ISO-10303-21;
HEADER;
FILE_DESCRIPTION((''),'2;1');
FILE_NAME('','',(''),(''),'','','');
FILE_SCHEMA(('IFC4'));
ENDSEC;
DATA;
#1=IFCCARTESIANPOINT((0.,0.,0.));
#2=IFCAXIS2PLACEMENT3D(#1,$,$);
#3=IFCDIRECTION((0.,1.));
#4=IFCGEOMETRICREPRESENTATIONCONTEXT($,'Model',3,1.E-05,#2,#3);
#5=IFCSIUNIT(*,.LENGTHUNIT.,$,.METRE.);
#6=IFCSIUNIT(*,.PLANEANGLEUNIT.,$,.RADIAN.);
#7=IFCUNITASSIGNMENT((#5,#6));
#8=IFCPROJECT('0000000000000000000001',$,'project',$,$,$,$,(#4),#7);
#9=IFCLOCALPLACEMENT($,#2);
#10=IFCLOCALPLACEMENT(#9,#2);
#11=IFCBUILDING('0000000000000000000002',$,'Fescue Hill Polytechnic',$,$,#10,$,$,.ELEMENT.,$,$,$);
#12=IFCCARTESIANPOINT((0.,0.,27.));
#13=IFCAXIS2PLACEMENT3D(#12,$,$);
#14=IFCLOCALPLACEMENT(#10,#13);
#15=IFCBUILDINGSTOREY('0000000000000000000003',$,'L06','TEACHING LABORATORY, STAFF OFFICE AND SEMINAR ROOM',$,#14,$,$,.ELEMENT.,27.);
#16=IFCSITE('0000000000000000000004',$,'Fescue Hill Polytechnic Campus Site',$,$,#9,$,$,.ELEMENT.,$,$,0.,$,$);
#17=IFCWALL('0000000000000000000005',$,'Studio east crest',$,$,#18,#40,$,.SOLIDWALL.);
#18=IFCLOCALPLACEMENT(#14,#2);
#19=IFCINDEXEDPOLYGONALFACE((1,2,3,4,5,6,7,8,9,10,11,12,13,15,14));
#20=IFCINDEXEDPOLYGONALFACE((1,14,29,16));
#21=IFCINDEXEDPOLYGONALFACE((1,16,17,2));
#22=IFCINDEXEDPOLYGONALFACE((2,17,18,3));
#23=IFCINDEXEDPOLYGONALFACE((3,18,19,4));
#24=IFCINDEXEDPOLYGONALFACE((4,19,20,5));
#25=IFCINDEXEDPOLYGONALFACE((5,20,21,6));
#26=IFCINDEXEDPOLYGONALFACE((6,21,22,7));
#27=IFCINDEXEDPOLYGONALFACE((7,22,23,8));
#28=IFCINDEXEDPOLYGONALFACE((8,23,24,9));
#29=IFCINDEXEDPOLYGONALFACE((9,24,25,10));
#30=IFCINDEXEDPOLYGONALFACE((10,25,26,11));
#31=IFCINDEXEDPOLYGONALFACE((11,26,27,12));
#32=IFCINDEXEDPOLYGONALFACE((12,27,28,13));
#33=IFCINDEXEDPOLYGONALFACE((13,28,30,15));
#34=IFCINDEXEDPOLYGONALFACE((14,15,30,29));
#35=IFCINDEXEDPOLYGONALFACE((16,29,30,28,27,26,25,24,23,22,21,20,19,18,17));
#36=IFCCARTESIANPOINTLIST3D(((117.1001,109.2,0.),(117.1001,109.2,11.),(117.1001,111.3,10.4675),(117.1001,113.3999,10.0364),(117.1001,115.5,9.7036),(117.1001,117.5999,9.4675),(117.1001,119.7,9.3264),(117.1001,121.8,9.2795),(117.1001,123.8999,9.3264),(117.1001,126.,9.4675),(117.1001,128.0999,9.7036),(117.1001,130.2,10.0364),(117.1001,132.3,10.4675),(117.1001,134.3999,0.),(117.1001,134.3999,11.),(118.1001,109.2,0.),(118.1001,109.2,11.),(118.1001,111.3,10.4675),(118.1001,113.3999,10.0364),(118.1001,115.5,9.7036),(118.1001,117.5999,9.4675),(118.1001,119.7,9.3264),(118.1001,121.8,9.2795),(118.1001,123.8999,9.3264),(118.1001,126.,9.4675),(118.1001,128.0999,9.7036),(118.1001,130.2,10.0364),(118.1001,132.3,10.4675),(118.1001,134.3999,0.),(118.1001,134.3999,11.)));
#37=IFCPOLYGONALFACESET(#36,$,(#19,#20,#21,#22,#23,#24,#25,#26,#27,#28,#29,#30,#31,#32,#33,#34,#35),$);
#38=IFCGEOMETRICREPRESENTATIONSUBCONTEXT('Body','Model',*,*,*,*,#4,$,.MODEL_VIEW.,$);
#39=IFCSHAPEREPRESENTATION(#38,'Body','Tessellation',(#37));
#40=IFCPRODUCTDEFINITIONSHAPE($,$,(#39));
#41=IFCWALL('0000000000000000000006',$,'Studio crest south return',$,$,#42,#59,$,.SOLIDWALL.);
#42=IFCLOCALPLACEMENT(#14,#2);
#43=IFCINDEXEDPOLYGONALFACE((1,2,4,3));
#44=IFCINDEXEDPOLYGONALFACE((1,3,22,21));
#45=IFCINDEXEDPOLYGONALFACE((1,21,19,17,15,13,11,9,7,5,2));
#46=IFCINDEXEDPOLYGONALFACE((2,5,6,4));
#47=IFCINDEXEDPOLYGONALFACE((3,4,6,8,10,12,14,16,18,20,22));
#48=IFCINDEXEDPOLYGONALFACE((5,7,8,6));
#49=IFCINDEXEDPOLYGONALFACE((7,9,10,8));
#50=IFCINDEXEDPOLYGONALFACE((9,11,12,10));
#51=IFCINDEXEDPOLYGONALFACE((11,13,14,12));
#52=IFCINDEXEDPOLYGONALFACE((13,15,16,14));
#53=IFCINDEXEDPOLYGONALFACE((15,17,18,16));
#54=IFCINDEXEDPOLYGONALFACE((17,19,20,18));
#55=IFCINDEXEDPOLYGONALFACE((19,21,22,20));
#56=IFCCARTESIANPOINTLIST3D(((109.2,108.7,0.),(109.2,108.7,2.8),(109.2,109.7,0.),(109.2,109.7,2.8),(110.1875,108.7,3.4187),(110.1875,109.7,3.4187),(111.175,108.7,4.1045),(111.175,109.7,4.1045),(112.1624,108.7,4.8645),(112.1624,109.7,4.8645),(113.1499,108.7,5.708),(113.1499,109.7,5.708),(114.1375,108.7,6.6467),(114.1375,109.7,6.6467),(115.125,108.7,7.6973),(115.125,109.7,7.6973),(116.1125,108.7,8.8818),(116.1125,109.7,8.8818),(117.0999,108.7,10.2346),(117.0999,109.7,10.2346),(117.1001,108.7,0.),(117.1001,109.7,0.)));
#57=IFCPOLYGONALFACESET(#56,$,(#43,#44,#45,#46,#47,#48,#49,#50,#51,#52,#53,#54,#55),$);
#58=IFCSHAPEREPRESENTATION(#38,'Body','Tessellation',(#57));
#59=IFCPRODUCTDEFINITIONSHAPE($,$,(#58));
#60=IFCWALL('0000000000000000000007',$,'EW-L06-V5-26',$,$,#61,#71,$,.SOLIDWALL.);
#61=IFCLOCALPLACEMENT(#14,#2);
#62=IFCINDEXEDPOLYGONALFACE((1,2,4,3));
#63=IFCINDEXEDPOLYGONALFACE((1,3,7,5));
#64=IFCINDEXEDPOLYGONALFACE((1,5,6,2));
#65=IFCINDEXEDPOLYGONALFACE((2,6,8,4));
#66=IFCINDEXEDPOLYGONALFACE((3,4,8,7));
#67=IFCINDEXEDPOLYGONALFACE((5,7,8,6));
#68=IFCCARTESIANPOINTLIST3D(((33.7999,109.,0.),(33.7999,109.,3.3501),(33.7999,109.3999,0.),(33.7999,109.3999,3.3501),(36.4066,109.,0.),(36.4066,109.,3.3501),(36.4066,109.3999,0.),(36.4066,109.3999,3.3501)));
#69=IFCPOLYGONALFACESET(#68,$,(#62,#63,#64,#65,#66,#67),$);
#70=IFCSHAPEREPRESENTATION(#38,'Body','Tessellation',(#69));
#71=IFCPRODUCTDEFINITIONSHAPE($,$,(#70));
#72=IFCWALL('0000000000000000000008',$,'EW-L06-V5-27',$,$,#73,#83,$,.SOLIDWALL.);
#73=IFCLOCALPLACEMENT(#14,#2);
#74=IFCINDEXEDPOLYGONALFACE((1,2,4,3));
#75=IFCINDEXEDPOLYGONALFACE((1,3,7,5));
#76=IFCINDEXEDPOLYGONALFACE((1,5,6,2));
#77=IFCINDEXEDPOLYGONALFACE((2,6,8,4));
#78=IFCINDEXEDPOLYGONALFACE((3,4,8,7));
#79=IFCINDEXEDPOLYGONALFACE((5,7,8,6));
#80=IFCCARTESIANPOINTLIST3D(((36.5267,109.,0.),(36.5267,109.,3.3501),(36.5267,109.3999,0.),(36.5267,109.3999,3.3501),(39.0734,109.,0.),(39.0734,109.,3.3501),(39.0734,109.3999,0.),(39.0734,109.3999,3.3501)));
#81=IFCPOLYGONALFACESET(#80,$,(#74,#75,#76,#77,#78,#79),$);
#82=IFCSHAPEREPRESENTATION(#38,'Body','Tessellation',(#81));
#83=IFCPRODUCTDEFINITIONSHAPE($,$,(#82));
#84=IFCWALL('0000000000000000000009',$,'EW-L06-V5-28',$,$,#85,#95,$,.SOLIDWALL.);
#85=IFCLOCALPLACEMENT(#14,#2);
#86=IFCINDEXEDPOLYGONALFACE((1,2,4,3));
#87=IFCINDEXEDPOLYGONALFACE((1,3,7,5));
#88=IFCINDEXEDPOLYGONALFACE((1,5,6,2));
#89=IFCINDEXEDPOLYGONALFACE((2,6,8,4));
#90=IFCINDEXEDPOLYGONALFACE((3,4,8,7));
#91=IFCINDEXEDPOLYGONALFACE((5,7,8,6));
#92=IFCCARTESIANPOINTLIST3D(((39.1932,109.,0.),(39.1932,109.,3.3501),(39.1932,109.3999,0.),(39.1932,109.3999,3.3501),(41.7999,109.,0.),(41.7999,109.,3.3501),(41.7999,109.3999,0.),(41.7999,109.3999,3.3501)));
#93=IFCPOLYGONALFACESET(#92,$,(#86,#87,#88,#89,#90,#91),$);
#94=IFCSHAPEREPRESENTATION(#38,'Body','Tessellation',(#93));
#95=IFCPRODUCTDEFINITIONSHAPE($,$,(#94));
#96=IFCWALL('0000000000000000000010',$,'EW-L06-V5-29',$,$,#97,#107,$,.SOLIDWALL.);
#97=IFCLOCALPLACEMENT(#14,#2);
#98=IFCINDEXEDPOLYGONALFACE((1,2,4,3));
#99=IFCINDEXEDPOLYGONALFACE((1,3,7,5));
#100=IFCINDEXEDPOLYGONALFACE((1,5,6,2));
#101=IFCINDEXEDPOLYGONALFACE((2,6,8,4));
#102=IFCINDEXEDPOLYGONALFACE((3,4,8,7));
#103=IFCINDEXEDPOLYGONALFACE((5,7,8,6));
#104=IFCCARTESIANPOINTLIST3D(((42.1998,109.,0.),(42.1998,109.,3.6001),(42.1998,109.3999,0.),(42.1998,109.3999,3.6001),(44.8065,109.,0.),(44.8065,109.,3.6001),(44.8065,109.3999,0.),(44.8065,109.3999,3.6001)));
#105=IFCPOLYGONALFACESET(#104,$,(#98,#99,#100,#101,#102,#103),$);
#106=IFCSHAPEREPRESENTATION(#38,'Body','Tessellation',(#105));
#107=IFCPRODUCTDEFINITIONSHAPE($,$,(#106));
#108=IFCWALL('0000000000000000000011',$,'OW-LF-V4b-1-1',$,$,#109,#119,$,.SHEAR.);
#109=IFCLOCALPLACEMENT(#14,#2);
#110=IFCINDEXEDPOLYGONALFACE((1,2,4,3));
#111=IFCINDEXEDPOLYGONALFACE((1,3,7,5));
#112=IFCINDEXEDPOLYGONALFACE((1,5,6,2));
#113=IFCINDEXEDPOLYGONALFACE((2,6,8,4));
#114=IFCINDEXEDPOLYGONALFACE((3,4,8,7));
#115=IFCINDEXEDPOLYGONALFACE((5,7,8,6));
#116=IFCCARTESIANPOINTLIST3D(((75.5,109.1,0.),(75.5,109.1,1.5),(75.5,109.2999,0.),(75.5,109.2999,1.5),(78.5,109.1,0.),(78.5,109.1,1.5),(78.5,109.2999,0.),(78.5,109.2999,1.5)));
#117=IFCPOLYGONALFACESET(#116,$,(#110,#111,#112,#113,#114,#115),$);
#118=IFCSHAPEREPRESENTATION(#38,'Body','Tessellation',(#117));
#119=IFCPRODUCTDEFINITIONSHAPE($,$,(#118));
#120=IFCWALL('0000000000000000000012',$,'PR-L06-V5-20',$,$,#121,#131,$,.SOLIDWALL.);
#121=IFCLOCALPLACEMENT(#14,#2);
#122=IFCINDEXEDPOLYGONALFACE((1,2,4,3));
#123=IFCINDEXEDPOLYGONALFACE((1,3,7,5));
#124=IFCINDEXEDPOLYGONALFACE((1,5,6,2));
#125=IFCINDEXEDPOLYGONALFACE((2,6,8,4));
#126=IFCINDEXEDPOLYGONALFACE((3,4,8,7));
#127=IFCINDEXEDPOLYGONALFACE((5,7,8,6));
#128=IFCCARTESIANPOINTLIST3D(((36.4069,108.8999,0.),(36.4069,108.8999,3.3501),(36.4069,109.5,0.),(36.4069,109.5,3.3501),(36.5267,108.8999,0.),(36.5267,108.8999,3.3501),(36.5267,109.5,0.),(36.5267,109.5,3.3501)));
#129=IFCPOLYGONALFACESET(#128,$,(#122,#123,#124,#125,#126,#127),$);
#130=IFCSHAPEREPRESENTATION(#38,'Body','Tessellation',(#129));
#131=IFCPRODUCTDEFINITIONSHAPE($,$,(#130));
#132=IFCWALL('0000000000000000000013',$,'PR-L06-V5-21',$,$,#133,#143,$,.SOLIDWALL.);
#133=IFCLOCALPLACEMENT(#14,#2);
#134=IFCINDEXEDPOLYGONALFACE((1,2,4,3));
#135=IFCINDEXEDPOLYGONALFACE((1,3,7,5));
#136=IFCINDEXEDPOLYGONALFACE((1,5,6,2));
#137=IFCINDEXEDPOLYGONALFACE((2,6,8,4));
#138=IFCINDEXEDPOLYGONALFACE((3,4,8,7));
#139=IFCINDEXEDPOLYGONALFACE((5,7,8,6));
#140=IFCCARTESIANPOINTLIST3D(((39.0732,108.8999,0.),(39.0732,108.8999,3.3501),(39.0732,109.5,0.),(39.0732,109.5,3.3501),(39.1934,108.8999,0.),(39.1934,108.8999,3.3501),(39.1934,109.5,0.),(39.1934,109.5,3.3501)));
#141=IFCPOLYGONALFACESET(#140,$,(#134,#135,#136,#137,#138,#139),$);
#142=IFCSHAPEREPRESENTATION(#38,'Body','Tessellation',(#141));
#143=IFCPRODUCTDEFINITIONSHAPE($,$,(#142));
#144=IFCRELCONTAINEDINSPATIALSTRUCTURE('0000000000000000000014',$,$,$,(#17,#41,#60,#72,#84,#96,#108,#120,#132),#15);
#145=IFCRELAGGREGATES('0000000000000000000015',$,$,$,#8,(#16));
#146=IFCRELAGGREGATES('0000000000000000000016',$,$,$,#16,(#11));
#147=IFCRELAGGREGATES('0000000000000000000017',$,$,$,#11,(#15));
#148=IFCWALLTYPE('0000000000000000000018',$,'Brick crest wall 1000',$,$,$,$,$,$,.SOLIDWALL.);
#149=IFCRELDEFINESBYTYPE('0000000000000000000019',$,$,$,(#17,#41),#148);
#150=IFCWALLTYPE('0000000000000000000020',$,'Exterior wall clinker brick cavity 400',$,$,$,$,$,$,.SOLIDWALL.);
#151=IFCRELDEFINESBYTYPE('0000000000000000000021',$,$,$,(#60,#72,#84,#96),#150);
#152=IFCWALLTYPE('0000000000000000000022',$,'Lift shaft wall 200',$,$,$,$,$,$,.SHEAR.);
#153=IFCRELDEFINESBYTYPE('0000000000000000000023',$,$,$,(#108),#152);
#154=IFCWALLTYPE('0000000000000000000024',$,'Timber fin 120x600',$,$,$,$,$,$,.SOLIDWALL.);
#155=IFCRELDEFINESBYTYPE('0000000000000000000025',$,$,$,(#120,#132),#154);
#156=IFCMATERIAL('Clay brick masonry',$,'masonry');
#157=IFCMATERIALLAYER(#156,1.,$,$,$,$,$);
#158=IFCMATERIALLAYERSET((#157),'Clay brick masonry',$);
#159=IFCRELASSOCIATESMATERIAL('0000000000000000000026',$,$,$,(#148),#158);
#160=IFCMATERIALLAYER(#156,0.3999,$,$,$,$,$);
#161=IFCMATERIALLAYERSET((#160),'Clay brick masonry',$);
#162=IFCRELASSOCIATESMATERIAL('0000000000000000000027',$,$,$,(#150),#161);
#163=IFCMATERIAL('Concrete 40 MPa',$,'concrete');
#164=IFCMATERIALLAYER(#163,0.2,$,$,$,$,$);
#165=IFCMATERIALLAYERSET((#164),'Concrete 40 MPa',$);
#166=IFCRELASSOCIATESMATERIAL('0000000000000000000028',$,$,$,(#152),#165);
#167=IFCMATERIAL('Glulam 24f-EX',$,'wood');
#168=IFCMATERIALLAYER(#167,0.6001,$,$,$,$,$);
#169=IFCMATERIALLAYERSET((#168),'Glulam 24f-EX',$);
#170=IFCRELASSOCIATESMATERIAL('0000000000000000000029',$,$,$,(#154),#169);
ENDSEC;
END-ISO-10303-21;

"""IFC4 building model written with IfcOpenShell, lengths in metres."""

from ifc_helpers import new_model, si_unit, direction, frame, frame_2d, origin, place, context, subcontext, project, spatial, polyline, rectangle, outline, extrude, material, layer, layer_set, type_object, element, save


model = new_model("IFC4")

# Units and contexts
model_context = context("Model", 3, precision=1e-05, world=origin(), true_north=direction((0.0, 1.0)))
body_context = subcontext(model_context, "Body", "Model", "MODEL_VIEW")
ifc_project = project(units=[si_unit("LENGTHUNIT", "METRE"), si_unit("PLANEANGLEUNIT", "RADIAN")], contexts=[model_context])

# Site, building, storey
site_placement = place(None, origin())
site = spatial("IfcSite", under=ifc_project, at=site_placement, Name="Fescue Hill Polytechnic Campus Site", CompositionType="ELEMENT", RefElevation=0.0)
building_placement = place(site_placement, origin())
building = spatial("IfcBuilding", under=site, at=building_placement, Name="Fescue Hill Polytechnic", CompositionType="ELEMENT")
storey_placement = place(building_placement, frame((0.0, 0.0, 27.0)))
storey = spatial("IfcBuildingStorey", under=building, at=storey_placement, Name="L06", Description="TEACHING LABORATORY, STAFF OFFICE AND SEMINAR ROOM", CompositionType="ELEMENT", Elevation=27.0)

# Shared definitions
ifc_material_1 = material(Name="Concrete 40 MPa", Category="concrete")

# Walls
ifc_material_2 = material(Name="Clay brick masonry", Category="masonry")
ifc_layer_1 = layer(ifc_material_2, 1.0)
ifc_layer_set_1 = layer_set([ifc_layer_1], Name="Clay brick masonry")
wall_type_1 = type_object("IfcWallType", Name="Brick crest wall 1000", PredefinedType="SOLIDWALL", material=ifc_layer_set_1)
wall_1_placement = place(storey_placement, frame((117.6001, 109.2, 0.0), z_axis=(0.0, 0.0, 1.0), x_axis=(0.0, 1.0, 0.0)))
element("IfcWall", 1, at=wall_1_placement, inside=storey, type_object=wall_type_1, Name="Studio east crest", PredefinedType="SOLIDWALL", context=body_context, shape_type="SweptSolid", body=[
    extrude(outline(polyline([(0.0, 0.0), (25.2, 0.0), (25.2, 11.0), (23.1001, 10.4675), (21.0, 10.0364), (18.8999, 9.7036), (16.8, 9.4675), (14.7, 9.3264), (12.6001, 9.2795), (10.5, 9.3264), (8.3999, 9.4675), (6.3, 9.7036), (4.2, 10.0364), (2.1001, 10.4675), (0.0, 11.0), (0.0, 0.0)])), frame((0.0, 0.5, 0.0), z_axis=(0.0, -1.0, 0.0), x_axis=(1.0, 0.0, 0.0)), (0.0, 0.0, 1.0), 1.0),
])
wall_2_placement = place(storey_placement, frame((109.2, 109.2, 0.0), z_axis=(0.0, 0.0, 1.0), x_axis=(1.0, 0.0, 0.0)))
element("IfcWall", 2, at=wall_2_placement, inside=storey, type_object=wall_type_1, Name="Studio crest south return", PredefinedType="SOLIDWALL", context=body_context, shape_type="SweptSolid", body=[
    extrude(outline(polyline([(0.0, 0.0), (7.9001, 0.0), (7.8999, 10.2346), (6.9126, 8.8818), (5.925, 7.6973), (4.9375, 6.6467), (3.95, 5.708), (2.9624, 4.8645), (1.9751, 4.1045), (0.9875, 3.4187), (0.0, 2.8), (0.0, 0.0)])), frame((0.0, 0.5, 0.0), z_axis=(0.0, -1.0, 0.0), x_axis=(1.0, 0.0, 0.0)), (0.0, 0.0, 1.0), 1.0),
])
ifc_layer_2 = layer(ifc_material_2, 0.3999)
ifc_layer_set_2 = layer_set([ifc_layer_2], Name="Clay brick masonry")
wall_type_2 = type_object("IfcWallType", Name="Exterior wall clinker brick cavity 400", PredefinedType="SOLIDWALL", material=ifc_layer_set_2)
wall_3_placement = place(storey_placement, frame((33.8, 109.2, 0.0), z_axis=(0.0, 0.0, 1.0), x_axis=(1.0, 0.0, 0.0)))
element("IfcWall", 3, at=wall_3_placement, inside=storey, type_object=wall_type_2, Name="EW-L06-V5-26", PredefinedType="SOLIDWALL", context=body_context, shape_type="SweptSolid", body=[
    extrude(rectangle(XDim=2.6067, YDim=0.3999, at=frame_2d((1.3032, 0.0))), origin(), (0.0, 0.0, 1.0), 3.3501),
])
wall_4_placement = place(storey_placement, frame((36.5266, 109.2, 0.0), z_axis=(0.0, 0.0, 1.0), x_axis=(1.0, 0.0, 0.0)))
element("IfcWall", 4, at=wall_4_placement, inside=storey, type_object=wall_type_2, Name="EW-L06-V5-27", PredefinedType="SOLIDWALL", context=body_context, shape_type="SweptSolid", body=[
    extrude(rectangle(XDim=2.5466, YDim=0.3999, at=frame_2d((1.2734, 0.0))), origin(), (0.0, 0.0, 1.0), 3.3501),
])
wall_5_placement = place(storey_placement, frame((39.1934, 109.2, 0.0), z_axis=(0.0, 0.0, 1.0), x_axis=(1.0, 0.0, 0.0)))
element("IfcWall", 5, at=wall_5_placement, inside=storey, type_object=wall_type_2, Name="EW-L06-V5-28", PredefinedType="SOLIDWALL", context=body_context, shape_type="SweptSolid", body=[
    extrude(rectangle(XDim=2.6067, YDim=0.3999, at=frame_2d((1.3032, 0.0))), origin(), (0.0, 0.0, 1.0), 3.3501),
])
wall_6_placement = place(storey_placement, frame((42.2, 109.2, 0.0), z_axis=(0.0, 0.0, 1.0), x_axis=(1.0, 0.0, 0.0)))
element("IfcWall", 6, at=wall_6_placement, inside=storey, type_object=wall_type_2, Name="EW-L06-V5-29", PredefinedType="SOLIDWALL", context=body_context, shape_type="SweptSolid", body=[
    extrude(rectangle(XDim=2.6067, YDim=0.3999, at=frame_2d((1.3032, 0.0))), origin(), (0.0, 0.0, 1.0), 3.6001),
])
ifc_layer_3 = layer(ifc_material_1, 0.2)
ifc_layer_set_3 = layer_set([ifc_layer_3], Name="Concrete 40 MPa")
wall_type_3 = type_object("IfcWallType", Name="Lift shaft wall 200", PredefinedType="SHEAR", material=ifc_layer_set_3)
wall_7_placement = place(storey_placement, frame((75.5, 109.2, 0.0), z_axis=(0.0, 0.0, 1.0), x_axis=(1.0, 0.0, 0.0)))
element("IfcWall", 7, at=wall_7_placement, inside=storey, type_object=wall_type_3, Name="OW-LF-V4b-1-1", PredefinedType="SHEAR", context=body_context, shape_type="SweptSolid", body=[
    extrude(rectangle(XDim=3.0, YDim=0.2, at=frame_2d((1.5, 0.0))), origin(), (0.0, 0.0, 1.0), 1.5),
])
ifc_material_3 = material(Name="Glulam 24f-EX", Category="wood")
ifc_layer_4 = layer(ifc_material_3, 0.6001)
ifc_layer_set_4 = layer_set([ifc_layer_4], Name="Glulam 24f-EX")
wall_type_4 = type_object("IfcWallType", Name="Timber fin 120x600", PredefinedType="SOLIDWALL", material=ifc_layer_set_4)
wall_8_placement = place(storey_placement, frame((36.4067, 109.2, 0.0), z_axis=(0.0, 0.0, 1.0), x_axis=(1.0, 0.0, 0.0)))
element("IfcWall", 8, at=wall_8_placement, inside=storey, type_object=wall_type_4, Name="PR-L06-V5-20", PredefinedType="SOLIDWALL", context=body_context, shape_type="SweptSolid", body=[
    extrude(rectangle(XDim=0.1199, YDim=0.6001, at=frame_2d((0.0601, 0.0))), origin(), (0.0, 0.0, 1.0), 3.3501),
])
wall_9_placement = place(storey_placement, frame((39.0732, 109.2, 0.0), z_axis=(0.0, 0.0, 1.0), x_axis=(1.0, 0.0, 0.0)))
element("IfcWall", 9, at=wall_9_placement, inside=storey, type_object=wall_type_4, Name="PR-L06-V5-21", PredefinedType="SOLIDWALL", context=body_context, shape_type="SweptSolid", body=[
    extrude(rectangle(XDim=0.1201, YDim=0.6001, at=frame_2d((0.0601, 0.0))), origin(), (0.0, 0.0, 1.0), 3.3501),
])

save(model, "model.ifc")
